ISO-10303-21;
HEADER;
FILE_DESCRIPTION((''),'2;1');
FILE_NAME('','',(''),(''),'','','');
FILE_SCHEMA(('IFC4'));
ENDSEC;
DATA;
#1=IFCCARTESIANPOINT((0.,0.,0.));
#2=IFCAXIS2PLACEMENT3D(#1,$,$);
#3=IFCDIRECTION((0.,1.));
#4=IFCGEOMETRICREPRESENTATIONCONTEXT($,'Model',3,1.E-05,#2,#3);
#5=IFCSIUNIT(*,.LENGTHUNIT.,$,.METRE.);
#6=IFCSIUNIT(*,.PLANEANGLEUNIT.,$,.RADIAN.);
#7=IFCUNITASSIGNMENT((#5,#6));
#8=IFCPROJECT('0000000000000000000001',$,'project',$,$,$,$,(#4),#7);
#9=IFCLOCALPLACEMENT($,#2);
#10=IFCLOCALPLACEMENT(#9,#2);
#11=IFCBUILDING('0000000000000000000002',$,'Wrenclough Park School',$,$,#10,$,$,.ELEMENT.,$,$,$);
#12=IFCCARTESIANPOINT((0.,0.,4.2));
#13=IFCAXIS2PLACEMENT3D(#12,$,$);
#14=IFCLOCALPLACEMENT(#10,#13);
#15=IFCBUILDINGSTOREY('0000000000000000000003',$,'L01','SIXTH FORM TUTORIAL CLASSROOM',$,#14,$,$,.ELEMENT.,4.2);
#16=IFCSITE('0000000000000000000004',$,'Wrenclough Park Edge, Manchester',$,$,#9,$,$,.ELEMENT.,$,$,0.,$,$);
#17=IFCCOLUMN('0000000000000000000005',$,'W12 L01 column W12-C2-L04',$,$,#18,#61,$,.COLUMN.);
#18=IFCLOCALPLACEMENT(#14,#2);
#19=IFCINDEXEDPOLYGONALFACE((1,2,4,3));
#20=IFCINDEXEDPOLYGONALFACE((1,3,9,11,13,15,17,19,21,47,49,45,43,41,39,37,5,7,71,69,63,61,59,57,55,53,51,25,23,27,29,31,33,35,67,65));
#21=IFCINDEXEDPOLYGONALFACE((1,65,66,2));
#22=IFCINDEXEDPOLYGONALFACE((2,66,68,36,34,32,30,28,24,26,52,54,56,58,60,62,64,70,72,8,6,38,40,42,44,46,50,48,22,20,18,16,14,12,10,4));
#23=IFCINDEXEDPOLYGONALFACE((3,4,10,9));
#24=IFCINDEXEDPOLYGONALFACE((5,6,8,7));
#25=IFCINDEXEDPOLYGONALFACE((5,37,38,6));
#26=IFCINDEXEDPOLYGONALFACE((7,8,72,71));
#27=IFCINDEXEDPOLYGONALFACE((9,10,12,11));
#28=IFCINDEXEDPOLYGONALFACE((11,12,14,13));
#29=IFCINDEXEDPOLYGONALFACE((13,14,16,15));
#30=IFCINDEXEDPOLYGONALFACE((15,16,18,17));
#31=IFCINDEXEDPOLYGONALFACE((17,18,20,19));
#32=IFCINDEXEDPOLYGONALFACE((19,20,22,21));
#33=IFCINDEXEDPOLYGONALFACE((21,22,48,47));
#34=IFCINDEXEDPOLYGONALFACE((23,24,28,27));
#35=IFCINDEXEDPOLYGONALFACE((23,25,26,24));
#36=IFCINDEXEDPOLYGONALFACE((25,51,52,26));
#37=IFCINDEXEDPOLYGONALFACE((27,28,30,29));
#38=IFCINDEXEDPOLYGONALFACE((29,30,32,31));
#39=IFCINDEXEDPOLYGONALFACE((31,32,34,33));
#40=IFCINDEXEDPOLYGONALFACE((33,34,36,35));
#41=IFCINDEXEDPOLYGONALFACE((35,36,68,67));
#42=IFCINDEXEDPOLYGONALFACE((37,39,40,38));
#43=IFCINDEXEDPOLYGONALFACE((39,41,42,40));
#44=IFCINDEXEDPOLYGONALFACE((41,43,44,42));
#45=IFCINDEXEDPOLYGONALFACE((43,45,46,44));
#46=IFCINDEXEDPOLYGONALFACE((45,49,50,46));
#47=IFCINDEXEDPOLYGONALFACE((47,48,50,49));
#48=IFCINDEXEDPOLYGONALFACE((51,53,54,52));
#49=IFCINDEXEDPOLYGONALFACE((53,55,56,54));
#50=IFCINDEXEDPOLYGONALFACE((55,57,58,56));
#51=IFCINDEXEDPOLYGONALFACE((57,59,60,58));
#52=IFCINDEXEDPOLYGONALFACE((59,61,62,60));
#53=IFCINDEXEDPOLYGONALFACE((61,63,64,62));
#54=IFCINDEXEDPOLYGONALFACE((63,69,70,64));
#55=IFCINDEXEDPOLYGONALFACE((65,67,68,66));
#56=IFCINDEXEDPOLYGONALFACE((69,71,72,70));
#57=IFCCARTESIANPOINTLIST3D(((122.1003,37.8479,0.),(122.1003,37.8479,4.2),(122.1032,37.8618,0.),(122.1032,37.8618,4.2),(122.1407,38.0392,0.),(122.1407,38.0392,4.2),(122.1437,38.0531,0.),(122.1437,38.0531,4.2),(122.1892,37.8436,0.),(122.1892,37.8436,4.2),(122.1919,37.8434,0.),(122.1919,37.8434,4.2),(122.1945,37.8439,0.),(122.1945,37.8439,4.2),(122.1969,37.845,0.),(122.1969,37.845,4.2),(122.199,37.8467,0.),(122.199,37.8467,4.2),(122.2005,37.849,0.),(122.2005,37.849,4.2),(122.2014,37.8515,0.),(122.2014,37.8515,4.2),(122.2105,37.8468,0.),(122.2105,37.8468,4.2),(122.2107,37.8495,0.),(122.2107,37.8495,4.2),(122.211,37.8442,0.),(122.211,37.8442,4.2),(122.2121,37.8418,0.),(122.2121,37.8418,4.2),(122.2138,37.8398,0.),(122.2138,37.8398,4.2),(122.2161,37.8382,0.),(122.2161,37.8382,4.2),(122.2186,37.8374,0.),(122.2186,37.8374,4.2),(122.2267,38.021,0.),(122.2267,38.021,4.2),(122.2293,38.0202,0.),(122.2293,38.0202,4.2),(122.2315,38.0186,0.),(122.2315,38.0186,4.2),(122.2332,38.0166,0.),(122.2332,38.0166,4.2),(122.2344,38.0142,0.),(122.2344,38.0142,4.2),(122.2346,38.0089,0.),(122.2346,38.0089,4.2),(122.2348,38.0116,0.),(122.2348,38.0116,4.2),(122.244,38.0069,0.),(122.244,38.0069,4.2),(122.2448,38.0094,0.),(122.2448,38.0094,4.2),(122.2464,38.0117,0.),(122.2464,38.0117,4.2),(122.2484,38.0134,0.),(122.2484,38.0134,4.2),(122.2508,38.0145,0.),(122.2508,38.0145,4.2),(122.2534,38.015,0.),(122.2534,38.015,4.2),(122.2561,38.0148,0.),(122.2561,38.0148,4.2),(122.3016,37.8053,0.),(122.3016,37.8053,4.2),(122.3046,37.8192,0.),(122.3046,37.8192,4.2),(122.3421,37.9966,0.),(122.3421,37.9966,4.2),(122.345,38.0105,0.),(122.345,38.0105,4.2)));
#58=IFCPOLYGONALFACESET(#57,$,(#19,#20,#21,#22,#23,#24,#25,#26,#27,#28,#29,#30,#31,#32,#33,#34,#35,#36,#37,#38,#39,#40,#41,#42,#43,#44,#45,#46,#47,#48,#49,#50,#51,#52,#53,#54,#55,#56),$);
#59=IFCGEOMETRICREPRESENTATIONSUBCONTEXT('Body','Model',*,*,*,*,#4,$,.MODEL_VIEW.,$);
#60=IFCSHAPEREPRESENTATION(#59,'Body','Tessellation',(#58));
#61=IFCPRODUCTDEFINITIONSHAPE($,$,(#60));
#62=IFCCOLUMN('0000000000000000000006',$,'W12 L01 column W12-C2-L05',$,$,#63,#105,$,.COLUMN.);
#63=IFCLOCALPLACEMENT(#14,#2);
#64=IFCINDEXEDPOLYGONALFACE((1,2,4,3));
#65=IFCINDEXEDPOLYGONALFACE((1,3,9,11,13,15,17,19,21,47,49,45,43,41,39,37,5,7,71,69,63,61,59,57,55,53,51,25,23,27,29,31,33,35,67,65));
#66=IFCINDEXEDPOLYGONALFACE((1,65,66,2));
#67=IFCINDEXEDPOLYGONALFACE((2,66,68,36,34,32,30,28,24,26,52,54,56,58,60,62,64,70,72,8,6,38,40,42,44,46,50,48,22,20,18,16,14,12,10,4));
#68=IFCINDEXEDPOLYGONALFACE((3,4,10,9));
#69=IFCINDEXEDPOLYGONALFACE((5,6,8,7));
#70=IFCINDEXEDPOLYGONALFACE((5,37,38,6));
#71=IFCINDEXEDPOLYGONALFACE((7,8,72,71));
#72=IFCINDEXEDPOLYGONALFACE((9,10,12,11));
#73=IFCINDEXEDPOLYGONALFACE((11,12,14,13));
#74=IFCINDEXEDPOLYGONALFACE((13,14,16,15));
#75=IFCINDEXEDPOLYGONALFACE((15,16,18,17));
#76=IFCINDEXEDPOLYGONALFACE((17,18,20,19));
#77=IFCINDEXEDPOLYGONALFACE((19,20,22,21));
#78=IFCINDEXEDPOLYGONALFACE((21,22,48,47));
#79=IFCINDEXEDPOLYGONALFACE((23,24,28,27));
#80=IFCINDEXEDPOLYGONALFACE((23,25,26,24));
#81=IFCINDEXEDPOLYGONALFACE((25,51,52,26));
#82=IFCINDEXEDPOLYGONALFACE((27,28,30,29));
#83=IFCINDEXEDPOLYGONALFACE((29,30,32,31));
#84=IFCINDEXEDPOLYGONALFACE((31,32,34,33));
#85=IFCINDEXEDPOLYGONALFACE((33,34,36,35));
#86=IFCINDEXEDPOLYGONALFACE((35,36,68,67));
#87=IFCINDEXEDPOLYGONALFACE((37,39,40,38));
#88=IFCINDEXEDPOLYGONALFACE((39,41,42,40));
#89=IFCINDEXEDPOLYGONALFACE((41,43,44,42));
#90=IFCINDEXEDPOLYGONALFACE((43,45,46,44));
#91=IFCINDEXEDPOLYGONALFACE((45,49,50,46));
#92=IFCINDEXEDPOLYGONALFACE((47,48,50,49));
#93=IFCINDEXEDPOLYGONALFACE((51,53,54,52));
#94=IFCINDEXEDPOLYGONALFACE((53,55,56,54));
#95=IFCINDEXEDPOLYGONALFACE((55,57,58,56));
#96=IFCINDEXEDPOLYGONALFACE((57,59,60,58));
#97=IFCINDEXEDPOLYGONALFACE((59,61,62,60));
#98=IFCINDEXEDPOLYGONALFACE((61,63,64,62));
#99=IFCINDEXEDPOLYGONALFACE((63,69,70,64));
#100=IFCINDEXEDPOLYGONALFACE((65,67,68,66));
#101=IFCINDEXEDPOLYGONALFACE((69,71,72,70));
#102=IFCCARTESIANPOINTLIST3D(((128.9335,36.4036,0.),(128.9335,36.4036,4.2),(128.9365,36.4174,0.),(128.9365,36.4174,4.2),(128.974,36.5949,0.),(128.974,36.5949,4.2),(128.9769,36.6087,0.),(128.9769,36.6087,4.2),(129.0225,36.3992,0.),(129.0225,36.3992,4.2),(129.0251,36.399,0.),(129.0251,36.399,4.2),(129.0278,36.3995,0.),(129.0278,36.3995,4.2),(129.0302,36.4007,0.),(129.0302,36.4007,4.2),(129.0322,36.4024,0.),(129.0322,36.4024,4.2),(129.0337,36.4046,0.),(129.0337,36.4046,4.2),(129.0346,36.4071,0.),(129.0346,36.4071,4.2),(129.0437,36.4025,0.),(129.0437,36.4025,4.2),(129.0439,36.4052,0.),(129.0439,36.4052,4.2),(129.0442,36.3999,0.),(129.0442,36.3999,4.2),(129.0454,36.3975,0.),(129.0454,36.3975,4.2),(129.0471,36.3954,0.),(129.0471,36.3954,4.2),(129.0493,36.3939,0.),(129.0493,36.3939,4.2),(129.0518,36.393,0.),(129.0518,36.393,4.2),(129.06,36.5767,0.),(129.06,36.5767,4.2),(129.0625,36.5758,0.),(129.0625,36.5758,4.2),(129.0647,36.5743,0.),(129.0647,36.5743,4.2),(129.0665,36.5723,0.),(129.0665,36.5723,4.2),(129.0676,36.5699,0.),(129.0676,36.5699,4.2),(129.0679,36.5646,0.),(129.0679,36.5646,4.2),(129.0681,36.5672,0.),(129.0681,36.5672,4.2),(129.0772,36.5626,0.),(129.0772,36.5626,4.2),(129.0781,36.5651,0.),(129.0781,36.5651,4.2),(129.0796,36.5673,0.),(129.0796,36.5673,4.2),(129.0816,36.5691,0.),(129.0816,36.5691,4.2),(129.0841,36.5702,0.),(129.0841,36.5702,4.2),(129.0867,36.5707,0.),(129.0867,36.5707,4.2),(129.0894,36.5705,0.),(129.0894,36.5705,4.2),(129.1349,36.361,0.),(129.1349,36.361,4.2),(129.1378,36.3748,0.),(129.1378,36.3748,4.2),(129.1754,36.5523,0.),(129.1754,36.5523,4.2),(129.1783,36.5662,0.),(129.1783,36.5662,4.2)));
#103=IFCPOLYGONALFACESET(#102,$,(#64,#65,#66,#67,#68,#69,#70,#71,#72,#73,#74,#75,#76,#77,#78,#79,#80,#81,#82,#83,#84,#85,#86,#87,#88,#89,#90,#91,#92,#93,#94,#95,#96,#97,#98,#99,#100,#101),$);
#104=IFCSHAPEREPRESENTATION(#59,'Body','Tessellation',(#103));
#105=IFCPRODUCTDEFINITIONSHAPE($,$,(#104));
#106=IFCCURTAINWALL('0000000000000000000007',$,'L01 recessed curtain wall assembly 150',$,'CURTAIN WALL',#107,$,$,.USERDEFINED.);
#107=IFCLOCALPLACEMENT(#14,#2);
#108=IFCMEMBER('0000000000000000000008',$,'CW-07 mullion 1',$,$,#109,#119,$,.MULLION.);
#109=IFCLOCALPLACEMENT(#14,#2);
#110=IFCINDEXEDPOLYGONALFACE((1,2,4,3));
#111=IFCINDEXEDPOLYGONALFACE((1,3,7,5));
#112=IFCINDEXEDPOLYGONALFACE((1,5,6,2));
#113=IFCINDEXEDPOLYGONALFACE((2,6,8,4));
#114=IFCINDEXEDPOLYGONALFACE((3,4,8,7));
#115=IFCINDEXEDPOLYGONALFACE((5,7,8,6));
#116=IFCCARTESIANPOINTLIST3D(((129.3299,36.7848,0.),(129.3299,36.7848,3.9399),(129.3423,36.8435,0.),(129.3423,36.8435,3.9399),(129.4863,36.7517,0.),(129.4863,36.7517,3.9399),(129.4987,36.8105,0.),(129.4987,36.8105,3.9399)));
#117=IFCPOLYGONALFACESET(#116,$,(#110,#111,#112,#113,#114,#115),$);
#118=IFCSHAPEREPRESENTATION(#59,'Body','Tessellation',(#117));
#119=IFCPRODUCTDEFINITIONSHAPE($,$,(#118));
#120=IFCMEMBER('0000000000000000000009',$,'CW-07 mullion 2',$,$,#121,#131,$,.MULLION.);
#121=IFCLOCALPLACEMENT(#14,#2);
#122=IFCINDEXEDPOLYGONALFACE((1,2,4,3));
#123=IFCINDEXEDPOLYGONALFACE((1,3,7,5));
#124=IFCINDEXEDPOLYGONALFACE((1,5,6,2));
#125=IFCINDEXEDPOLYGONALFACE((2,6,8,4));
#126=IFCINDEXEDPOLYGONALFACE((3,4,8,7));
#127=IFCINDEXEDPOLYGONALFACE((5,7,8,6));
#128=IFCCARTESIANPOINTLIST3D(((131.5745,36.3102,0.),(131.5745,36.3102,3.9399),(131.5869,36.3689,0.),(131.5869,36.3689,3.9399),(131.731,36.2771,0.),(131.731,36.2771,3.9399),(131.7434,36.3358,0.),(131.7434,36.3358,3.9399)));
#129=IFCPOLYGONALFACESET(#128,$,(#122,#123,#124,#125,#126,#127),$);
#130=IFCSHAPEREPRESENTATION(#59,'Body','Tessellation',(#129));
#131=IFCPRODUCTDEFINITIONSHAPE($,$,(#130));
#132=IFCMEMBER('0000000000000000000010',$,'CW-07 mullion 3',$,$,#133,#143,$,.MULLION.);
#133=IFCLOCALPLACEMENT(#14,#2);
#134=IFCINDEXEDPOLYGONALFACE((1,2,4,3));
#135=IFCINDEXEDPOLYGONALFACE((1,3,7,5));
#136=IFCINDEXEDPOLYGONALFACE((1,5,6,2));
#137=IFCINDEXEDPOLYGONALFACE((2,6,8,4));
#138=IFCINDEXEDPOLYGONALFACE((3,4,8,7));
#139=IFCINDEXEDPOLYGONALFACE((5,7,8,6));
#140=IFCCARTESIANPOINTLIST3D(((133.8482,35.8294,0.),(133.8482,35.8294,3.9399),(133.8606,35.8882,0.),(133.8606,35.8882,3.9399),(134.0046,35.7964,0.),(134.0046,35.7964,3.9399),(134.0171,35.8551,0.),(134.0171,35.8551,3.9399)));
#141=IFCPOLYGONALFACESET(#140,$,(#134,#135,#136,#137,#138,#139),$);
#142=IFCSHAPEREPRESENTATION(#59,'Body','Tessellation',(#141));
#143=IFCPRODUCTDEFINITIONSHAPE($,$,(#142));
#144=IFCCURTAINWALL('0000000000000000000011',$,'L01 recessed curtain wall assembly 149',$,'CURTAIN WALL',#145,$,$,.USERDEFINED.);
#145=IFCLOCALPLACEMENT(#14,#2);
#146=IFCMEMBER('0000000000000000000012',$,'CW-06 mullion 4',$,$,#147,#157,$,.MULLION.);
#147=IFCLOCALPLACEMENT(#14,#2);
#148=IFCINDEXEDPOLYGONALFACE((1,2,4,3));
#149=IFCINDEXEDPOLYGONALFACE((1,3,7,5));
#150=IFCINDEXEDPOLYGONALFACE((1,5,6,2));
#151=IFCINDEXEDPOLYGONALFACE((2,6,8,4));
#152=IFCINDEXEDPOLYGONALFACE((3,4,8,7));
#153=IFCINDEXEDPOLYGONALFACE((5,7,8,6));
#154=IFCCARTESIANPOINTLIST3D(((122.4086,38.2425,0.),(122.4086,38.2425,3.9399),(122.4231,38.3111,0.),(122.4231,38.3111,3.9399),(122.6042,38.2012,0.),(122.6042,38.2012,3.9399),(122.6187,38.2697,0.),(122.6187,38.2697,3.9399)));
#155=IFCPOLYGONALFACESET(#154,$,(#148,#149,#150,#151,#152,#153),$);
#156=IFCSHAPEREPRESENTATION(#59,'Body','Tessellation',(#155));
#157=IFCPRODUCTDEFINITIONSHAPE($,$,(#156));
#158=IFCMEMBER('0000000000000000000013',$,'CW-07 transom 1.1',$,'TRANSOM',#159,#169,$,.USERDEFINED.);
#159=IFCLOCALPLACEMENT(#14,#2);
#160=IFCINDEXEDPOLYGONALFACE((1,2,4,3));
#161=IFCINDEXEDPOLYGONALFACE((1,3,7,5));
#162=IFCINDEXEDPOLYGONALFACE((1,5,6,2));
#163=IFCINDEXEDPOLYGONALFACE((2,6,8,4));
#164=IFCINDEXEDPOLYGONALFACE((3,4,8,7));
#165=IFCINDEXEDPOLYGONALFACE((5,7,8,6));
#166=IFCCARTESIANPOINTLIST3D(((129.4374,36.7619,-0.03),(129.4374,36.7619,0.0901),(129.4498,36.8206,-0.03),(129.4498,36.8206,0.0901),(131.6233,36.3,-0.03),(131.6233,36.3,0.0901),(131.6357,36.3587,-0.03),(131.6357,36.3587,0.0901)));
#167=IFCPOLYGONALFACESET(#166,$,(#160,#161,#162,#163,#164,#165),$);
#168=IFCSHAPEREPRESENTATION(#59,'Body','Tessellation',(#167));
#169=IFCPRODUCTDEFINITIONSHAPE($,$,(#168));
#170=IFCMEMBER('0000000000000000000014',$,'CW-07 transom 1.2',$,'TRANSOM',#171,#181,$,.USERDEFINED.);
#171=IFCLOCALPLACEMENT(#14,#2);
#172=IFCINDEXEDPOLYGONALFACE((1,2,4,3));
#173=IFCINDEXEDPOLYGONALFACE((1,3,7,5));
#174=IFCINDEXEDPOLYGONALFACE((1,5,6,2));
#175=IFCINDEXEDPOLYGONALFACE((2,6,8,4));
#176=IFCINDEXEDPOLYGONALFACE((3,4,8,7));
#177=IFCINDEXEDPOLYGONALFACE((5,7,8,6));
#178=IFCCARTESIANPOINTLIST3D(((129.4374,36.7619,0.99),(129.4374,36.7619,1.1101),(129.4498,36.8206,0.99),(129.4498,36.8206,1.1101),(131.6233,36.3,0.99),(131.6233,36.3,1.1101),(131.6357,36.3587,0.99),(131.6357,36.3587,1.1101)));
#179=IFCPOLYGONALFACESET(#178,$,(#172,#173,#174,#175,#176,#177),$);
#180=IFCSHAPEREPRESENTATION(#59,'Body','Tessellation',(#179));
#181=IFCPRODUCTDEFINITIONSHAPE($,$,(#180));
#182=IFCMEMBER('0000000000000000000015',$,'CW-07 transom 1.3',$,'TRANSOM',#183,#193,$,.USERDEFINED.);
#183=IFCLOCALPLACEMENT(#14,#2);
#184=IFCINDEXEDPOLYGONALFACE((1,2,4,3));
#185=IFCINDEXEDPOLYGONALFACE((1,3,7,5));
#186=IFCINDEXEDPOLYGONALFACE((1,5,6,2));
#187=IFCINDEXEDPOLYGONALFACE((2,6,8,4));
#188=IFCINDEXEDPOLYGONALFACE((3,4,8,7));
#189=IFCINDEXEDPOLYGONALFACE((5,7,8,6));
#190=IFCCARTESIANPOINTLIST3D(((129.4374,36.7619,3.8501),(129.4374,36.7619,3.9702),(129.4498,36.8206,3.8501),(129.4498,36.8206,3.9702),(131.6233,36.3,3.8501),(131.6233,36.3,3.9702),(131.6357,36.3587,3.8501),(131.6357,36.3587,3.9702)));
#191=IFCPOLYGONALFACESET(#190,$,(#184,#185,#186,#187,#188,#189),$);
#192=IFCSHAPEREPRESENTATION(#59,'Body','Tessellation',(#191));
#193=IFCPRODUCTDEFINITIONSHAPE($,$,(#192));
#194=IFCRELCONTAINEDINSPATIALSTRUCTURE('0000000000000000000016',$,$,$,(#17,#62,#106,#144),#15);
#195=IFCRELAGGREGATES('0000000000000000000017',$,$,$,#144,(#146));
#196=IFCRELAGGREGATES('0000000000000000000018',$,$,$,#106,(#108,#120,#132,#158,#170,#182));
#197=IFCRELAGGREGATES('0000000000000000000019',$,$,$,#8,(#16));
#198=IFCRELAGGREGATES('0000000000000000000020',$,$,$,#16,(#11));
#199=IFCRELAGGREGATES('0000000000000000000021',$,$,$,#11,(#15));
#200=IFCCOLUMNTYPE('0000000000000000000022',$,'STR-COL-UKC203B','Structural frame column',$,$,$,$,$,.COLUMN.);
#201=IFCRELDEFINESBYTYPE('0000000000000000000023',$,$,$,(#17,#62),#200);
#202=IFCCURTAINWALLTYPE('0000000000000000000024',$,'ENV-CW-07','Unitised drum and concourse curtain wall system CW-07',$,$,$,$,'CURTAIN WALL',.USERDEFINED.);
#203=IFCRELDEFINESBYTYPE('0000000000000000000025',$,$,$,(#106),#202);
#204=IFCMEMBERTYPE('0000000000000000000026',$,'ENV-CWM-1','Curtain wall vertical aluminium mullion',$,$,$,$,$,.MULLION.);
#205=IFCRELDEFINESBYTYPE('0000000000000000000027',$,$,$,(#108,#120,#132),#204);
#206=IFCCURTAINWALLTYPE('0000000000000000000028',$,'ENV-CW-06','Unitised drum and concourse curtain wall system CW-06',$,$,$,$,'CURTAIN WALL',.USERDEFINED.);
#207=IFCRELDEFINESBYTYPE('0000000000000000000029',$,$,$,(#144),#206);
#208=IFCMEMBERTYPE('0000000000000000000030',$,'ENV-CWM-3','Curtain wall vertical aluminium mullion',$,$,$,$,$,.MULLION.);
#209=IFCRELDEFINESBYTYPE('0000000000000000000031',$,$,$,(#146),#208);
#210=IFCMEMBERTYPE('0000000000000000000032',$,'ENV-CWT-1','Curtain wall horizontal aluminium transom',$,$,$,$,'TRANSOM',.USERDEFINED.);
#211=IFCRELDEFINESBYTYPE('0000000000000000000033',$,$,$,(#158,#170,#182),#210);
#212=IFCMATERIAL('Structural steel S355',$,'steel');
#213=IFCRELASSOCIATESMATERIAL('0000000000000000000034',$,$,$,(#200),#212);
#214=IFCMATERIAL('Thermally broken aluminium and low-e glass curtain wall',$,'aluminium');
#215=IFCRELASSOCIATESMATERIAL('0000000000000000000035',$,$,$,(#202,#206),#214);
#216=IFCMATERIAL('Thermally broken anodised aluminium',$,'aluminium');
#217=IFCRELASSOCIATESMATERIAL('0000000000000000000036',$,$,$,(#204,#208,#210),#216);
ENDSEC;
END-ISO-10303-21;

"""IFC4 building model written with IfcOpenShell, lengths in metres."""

from ifc_helpers import new_model, si_unit, direction, frame, origin, origin_2d, place, context, subcontext, project, spatial, rectangle, i_section, extrude, material, material_profile, profile_set, type_object, element, aggregate, save


model = new_model("IFC4")

# Units and contexts
model_context = context("Model", 3, precision=1e-05, world=origin(), true_north=direction((0.0, 1.0)))
body_context = subcontext(model_context, "Body", "Model", "MODEL_VIEW")
ifc_project = project(units=[si_unit("LENGTHUNIT", "METRE"), si_unit("PLANEANGLEUNIT", "RADIAN")], contexts=[model_context])

# Site, building, storey
site_placement = place(None, origin())
site = spatial("IfcSite", under=ifc_project, at=site_placement, Name="Wrenclough Park Edge, Manchester", CompositionType="ELEMENT", RefElevation=0.0)
building_placement = place(site_placement, origin())
building = spatial("IfcBuilding", under=site, at=building_placement, Name="Wrenclough Park School", CompositionType="ELEMENT")
storey_placement = place(building_placement, frame((0.0, 0.0, 4.2)))
storey = spatial("IfcBuildingStorey", under=building, at=storey_placement, Name="L01", Description="SIXTH FORM TUTORIAL CLASSROOM", CompositionType="ELEMENT", Elevation=4.2)

# Columns
ifc_material_1 = material(Name="Structural steel S355", Category="steel")
ifc_material_profile_1 = material_profile(ifc_material_1, i_section(OverallWidth=0.2058, OverallDepth=0.2097, WebThickness=0.0095, FlangeThickness=0.0142, FilletRadius=0.0103, at=origin_2d()), Name="UKC 203x203x60")
ifc_profile_set_1 = profile_set([ifc_material_profile_1], Name="Structural steel S355")
column_type_1 = type_object("IfcColumnType", Name="STR-COL-UKC203B", Description="Structural frame column", PredefinedType="COLUMN", material=ifc_profile_set_1)
for number, where, z_axis, x_axis, name in (
    (1, (122.2227, 37.9292, 0.0), (0.0, 0.0, 1.0), (0.978365, -0.206887, 0.0), "W12 L01 column W12-C2-L04"),
    (2, (129.0559, 36.4849, 0.0), (0.0, 0.0, 1.0), (0.978365, -0.206887, 0.0), "W12 L01 column W12-C2-L05"),
):
    element("IfcColumn", number, at=place(storey_placement, frame(where, z_axis=z_axis, x_axis=x_axis)), inside=storey, type_object=column_type_1, Name=name, PredefinedType="COLUMN", context=body_context, shape_type="SweptSolid", body=[
        extrude(i_section(OverallWidth=0.2058, OverallDepth=0.2097, WebThickness=0.0095, FlangeThickness=0.0142, FilletRadius=0.0103, at=origin_2d()), origin(), (0.0, 0.0, 1.0), 4.2),
    ])

# Curtain wall, members
ifc_material_2 = material(Name="Thermally broken aluminium and low-e glass curtain wall", Category="aluminium")
curtain_wall_type_1 = type_object("IfcCurtainWallType", Name="ENV-CW-07", Description="Unitised drum and concourse curtain wall system CW-07", ElementType="CURTAIN WALL", PredefinedType="USERDEFINED", material=ifc_material_2)
curtain_wall_1_placement = place(storey_placement, origin())
curtain_wall_1 = element("IfcCurtainWall", 3, at=curtain_wall_1_placement, inside=storey, type_object=curtain_wall_type_1, Name="L01 recessed curtain wall assembly 150", ObjectType="CURTAIN WALL", PredefinedType="USERDEFINED")
ifc_material_3 = material(Name="Thermally broken anodised aluminium", Category="aluminium")
ifc_material_profile_2 = material_profile(ifc_material_3, rectangle(XDim=0.0601, YDim=0.1599, at=origin_2d()), Name="AL MULLION 60x160")
ifc_profile_set_2 = profile_set([ifc_material_profile_2], Name="Thermally broken anodised aluminium")
member_type_1 = type_object("IfcMemberType", Name="ENV-CWM-1", Description="Curtain wall vertical aluminium mullion", PredefinedType="MULLION", material=ifc_profile_set_2)
member_1_placement = place(storey_placement, frame((129.4143, 36.7976, 0.0), z_axis=(0.0, 0.0, 1.0), x_axis=(0.20682, 0.978379, 0.0)))
member_1 = element("IfcMember", 4, at=member_1_placement, type_object=member_type_1, Name="CW-07 mullion 1", PredefinedType="MULLION", context=body_context, shape_type="SweptSolid", body=[
    extrude(rectangle(XDim=0.0601, YDim=0.1599, at=origin_2d()), origin(), (0.0, 0.0, 1.0), 3.9399),
])
member_2_placement = place(storey_placement, frame((131.6589, 36.323, 0.0), z_axis=(0.0, 0.0, 1.0), x_axis=(0.20682, 0.978379, 0.0)))
member_2 = element("IfcMember", 5, at=member_2_placement, type_object=member_type_1, Name="CW-07 mullion 2", PredefinedType="MULLION", context=body_context, shape_type="SweptSolid", body=[
    extrude(rectangle(XDim=0.0601, YDim=0.1599, at=origin_2d()), origin(), (0.0, 0.0, 1.0), 3.9399),
])
member_3_placement = place(storey_placement, frame((133.9326, 35.8423, 0.0), z_axis=(0.0, 0.0, 1.0), x_axis=(0.20682, 0.978379, 0.0)))
member_3 = element("IfcMember", 6, at=member_3_placement, type_object=member_type_1, Name="CW-07 mullion 3", PredefinedType="MULLION", context=body_context, shape_type="SweptSolid", body=[
    extrude(rectangle(XDim=0.0601, YDim=0.1599, at=origin_2d()), origin(), (0.0, 0.0, 1.0), 3.9399),
])

# Curtain wall, member
curtain_wall_type_2 = type_object("IfcCurtainWallType", Name="ENV-CW-06", Description="Unitised drum and concourse curtain wall system CW-06", ElementType="CURTAIN WALL", PredefinedType="USERDEFINED", material=ifc_material_2)
curtain_wall_2_placement = place(storey_placement, origin())
curtain_wall_2 = element("IfcCurtainWall", 7, at=curtain_wall_2_placement, inside=storey, type_object=curtain_wall_type_2, Name="L01 recessed curtain wall assembly 149", ObjectType="CURTAIN WALL", PredefinedType="USERDEFINED")
ifc_material_profile_3 = material_profile(ifc_material_3, rectangle(XDim=0.0701, YDim=0.2, at=origin_2d()), Name="AL MULLION 70x200")
ifc_profile_set_3 = profile_set([ifc_material_profile_3], Name="Thermally broken anodised aluminium")
member_type_2 = type_object("IfcMemberType", Name="ENV-CWM-3", Description="Curtain wall vertical aluminium mullion", PredefinedType="MULLION", material=ifc_profile_set_3)
member_4_placement = place(storey_placement, frame((122.5137, 38.2561, 0.0), z_axis=(0.0, 0.0, 1.0), x_axis=(0.206806, 0.978382, 0.0)))
member_4 = element("IfcMember", 8, at=member_4_placement, type_object=member_type_2, Name="CW-06 mullion 4", PredefinedType="MULLION", context=body_context, shape_type="SweptSolid", body=[
    extrude(rectangle(XDim=0.0701, YDim=0.2, at=origin_2d()), origin(), (0.0, 0.0, 1.0), 3.9399),
])

# Members
ifc_material_profile_4 = material_profile(ifc_material_3, rectangle(XDim=0.0601, YDim=0.1201, at=origin_2d()), Name="AL TRANSOM 60x120")
ifc_profile_set_4 = profile_set([ifc_material_profile_4], Name="Thermally broken anodised aluminium")
member_type_3 = type_object("IfcMemberType", Name="ENV-CWT-1", Description="Curtain wall horizontal aluminium transom", ElementType="TRANSOM", PredefinedType="USERDEFINED", material=ifc_profile_set_4)
member_5_placement = place(storey_placement, frame((129.4436, 36.7913, 0.03), z_axis=(0.978392, -0.206759, 0.0), x_axis=(0.206759, 0.978392, 0.0)))
member_5 = element("IfcMember", 9, at=member_5_placement, type_object=member_type_3, Name="CW-07 transom 1.1", ObjectType="TRANSOM", PredefinedType="USERDEFINED", context=body_context, shape_type="SweptSolid", body=[
    extrude(rectangle(XDim=0.0601, YDim=0.1201, at=origin_2d()), origin(), (0.0, 0.0, 1.0), 2.2341),
])
member_6_placement = place(storey_placement, frame((129.4436, 36.7913, 1.05), z_axis=(0.978392, -0.206759, 0.0), x_axis=(0.206759, 0.978392, 0.0)))
member_6 = element("IfcMember", 10, at=member_6_placement, type_object=member_type_3, Name="CW-07 transom 1.2", ObjectType="TRANSOM", PredefinedType="USERDEFINED", context=body_context, shape_type="SweptSolid", body=[
    extrude(rectangle(XDim=0.0601, YDim=0.1201, at=origin_2d()), origin(), (0.0, 0.0, 1.0), 2.2341),
])
member_7_placement = place(storey_placement, frame((129.4436, 36.7913, 3.9102), z_axis=(0.978392, -0.206759, 0.0), x_axis=(0.206759, 0.978392, 0.0)))
member_7 = element("IfcMember", 11, at=member_7_placement, type_object=member_type_3, Name="CW-07 transom 1.3", ObjectType="TRANSOM", PredefinedType="USERDEFINED", context=body_context, shape_type="SweptSolid", body=[
    extrude(rectangle(XDim=0.0601, YDim=0.1201, at=origin_2d()), origin(), (0.0, 0.0, 1.0), 2.2341),
])

aggregate(curtain_wall_2, [member_4])
aggregate(curtain_wall_1, [member_1, member_2, member_3, member_5, member_6, member_7])

save(model, "model.ifc")
